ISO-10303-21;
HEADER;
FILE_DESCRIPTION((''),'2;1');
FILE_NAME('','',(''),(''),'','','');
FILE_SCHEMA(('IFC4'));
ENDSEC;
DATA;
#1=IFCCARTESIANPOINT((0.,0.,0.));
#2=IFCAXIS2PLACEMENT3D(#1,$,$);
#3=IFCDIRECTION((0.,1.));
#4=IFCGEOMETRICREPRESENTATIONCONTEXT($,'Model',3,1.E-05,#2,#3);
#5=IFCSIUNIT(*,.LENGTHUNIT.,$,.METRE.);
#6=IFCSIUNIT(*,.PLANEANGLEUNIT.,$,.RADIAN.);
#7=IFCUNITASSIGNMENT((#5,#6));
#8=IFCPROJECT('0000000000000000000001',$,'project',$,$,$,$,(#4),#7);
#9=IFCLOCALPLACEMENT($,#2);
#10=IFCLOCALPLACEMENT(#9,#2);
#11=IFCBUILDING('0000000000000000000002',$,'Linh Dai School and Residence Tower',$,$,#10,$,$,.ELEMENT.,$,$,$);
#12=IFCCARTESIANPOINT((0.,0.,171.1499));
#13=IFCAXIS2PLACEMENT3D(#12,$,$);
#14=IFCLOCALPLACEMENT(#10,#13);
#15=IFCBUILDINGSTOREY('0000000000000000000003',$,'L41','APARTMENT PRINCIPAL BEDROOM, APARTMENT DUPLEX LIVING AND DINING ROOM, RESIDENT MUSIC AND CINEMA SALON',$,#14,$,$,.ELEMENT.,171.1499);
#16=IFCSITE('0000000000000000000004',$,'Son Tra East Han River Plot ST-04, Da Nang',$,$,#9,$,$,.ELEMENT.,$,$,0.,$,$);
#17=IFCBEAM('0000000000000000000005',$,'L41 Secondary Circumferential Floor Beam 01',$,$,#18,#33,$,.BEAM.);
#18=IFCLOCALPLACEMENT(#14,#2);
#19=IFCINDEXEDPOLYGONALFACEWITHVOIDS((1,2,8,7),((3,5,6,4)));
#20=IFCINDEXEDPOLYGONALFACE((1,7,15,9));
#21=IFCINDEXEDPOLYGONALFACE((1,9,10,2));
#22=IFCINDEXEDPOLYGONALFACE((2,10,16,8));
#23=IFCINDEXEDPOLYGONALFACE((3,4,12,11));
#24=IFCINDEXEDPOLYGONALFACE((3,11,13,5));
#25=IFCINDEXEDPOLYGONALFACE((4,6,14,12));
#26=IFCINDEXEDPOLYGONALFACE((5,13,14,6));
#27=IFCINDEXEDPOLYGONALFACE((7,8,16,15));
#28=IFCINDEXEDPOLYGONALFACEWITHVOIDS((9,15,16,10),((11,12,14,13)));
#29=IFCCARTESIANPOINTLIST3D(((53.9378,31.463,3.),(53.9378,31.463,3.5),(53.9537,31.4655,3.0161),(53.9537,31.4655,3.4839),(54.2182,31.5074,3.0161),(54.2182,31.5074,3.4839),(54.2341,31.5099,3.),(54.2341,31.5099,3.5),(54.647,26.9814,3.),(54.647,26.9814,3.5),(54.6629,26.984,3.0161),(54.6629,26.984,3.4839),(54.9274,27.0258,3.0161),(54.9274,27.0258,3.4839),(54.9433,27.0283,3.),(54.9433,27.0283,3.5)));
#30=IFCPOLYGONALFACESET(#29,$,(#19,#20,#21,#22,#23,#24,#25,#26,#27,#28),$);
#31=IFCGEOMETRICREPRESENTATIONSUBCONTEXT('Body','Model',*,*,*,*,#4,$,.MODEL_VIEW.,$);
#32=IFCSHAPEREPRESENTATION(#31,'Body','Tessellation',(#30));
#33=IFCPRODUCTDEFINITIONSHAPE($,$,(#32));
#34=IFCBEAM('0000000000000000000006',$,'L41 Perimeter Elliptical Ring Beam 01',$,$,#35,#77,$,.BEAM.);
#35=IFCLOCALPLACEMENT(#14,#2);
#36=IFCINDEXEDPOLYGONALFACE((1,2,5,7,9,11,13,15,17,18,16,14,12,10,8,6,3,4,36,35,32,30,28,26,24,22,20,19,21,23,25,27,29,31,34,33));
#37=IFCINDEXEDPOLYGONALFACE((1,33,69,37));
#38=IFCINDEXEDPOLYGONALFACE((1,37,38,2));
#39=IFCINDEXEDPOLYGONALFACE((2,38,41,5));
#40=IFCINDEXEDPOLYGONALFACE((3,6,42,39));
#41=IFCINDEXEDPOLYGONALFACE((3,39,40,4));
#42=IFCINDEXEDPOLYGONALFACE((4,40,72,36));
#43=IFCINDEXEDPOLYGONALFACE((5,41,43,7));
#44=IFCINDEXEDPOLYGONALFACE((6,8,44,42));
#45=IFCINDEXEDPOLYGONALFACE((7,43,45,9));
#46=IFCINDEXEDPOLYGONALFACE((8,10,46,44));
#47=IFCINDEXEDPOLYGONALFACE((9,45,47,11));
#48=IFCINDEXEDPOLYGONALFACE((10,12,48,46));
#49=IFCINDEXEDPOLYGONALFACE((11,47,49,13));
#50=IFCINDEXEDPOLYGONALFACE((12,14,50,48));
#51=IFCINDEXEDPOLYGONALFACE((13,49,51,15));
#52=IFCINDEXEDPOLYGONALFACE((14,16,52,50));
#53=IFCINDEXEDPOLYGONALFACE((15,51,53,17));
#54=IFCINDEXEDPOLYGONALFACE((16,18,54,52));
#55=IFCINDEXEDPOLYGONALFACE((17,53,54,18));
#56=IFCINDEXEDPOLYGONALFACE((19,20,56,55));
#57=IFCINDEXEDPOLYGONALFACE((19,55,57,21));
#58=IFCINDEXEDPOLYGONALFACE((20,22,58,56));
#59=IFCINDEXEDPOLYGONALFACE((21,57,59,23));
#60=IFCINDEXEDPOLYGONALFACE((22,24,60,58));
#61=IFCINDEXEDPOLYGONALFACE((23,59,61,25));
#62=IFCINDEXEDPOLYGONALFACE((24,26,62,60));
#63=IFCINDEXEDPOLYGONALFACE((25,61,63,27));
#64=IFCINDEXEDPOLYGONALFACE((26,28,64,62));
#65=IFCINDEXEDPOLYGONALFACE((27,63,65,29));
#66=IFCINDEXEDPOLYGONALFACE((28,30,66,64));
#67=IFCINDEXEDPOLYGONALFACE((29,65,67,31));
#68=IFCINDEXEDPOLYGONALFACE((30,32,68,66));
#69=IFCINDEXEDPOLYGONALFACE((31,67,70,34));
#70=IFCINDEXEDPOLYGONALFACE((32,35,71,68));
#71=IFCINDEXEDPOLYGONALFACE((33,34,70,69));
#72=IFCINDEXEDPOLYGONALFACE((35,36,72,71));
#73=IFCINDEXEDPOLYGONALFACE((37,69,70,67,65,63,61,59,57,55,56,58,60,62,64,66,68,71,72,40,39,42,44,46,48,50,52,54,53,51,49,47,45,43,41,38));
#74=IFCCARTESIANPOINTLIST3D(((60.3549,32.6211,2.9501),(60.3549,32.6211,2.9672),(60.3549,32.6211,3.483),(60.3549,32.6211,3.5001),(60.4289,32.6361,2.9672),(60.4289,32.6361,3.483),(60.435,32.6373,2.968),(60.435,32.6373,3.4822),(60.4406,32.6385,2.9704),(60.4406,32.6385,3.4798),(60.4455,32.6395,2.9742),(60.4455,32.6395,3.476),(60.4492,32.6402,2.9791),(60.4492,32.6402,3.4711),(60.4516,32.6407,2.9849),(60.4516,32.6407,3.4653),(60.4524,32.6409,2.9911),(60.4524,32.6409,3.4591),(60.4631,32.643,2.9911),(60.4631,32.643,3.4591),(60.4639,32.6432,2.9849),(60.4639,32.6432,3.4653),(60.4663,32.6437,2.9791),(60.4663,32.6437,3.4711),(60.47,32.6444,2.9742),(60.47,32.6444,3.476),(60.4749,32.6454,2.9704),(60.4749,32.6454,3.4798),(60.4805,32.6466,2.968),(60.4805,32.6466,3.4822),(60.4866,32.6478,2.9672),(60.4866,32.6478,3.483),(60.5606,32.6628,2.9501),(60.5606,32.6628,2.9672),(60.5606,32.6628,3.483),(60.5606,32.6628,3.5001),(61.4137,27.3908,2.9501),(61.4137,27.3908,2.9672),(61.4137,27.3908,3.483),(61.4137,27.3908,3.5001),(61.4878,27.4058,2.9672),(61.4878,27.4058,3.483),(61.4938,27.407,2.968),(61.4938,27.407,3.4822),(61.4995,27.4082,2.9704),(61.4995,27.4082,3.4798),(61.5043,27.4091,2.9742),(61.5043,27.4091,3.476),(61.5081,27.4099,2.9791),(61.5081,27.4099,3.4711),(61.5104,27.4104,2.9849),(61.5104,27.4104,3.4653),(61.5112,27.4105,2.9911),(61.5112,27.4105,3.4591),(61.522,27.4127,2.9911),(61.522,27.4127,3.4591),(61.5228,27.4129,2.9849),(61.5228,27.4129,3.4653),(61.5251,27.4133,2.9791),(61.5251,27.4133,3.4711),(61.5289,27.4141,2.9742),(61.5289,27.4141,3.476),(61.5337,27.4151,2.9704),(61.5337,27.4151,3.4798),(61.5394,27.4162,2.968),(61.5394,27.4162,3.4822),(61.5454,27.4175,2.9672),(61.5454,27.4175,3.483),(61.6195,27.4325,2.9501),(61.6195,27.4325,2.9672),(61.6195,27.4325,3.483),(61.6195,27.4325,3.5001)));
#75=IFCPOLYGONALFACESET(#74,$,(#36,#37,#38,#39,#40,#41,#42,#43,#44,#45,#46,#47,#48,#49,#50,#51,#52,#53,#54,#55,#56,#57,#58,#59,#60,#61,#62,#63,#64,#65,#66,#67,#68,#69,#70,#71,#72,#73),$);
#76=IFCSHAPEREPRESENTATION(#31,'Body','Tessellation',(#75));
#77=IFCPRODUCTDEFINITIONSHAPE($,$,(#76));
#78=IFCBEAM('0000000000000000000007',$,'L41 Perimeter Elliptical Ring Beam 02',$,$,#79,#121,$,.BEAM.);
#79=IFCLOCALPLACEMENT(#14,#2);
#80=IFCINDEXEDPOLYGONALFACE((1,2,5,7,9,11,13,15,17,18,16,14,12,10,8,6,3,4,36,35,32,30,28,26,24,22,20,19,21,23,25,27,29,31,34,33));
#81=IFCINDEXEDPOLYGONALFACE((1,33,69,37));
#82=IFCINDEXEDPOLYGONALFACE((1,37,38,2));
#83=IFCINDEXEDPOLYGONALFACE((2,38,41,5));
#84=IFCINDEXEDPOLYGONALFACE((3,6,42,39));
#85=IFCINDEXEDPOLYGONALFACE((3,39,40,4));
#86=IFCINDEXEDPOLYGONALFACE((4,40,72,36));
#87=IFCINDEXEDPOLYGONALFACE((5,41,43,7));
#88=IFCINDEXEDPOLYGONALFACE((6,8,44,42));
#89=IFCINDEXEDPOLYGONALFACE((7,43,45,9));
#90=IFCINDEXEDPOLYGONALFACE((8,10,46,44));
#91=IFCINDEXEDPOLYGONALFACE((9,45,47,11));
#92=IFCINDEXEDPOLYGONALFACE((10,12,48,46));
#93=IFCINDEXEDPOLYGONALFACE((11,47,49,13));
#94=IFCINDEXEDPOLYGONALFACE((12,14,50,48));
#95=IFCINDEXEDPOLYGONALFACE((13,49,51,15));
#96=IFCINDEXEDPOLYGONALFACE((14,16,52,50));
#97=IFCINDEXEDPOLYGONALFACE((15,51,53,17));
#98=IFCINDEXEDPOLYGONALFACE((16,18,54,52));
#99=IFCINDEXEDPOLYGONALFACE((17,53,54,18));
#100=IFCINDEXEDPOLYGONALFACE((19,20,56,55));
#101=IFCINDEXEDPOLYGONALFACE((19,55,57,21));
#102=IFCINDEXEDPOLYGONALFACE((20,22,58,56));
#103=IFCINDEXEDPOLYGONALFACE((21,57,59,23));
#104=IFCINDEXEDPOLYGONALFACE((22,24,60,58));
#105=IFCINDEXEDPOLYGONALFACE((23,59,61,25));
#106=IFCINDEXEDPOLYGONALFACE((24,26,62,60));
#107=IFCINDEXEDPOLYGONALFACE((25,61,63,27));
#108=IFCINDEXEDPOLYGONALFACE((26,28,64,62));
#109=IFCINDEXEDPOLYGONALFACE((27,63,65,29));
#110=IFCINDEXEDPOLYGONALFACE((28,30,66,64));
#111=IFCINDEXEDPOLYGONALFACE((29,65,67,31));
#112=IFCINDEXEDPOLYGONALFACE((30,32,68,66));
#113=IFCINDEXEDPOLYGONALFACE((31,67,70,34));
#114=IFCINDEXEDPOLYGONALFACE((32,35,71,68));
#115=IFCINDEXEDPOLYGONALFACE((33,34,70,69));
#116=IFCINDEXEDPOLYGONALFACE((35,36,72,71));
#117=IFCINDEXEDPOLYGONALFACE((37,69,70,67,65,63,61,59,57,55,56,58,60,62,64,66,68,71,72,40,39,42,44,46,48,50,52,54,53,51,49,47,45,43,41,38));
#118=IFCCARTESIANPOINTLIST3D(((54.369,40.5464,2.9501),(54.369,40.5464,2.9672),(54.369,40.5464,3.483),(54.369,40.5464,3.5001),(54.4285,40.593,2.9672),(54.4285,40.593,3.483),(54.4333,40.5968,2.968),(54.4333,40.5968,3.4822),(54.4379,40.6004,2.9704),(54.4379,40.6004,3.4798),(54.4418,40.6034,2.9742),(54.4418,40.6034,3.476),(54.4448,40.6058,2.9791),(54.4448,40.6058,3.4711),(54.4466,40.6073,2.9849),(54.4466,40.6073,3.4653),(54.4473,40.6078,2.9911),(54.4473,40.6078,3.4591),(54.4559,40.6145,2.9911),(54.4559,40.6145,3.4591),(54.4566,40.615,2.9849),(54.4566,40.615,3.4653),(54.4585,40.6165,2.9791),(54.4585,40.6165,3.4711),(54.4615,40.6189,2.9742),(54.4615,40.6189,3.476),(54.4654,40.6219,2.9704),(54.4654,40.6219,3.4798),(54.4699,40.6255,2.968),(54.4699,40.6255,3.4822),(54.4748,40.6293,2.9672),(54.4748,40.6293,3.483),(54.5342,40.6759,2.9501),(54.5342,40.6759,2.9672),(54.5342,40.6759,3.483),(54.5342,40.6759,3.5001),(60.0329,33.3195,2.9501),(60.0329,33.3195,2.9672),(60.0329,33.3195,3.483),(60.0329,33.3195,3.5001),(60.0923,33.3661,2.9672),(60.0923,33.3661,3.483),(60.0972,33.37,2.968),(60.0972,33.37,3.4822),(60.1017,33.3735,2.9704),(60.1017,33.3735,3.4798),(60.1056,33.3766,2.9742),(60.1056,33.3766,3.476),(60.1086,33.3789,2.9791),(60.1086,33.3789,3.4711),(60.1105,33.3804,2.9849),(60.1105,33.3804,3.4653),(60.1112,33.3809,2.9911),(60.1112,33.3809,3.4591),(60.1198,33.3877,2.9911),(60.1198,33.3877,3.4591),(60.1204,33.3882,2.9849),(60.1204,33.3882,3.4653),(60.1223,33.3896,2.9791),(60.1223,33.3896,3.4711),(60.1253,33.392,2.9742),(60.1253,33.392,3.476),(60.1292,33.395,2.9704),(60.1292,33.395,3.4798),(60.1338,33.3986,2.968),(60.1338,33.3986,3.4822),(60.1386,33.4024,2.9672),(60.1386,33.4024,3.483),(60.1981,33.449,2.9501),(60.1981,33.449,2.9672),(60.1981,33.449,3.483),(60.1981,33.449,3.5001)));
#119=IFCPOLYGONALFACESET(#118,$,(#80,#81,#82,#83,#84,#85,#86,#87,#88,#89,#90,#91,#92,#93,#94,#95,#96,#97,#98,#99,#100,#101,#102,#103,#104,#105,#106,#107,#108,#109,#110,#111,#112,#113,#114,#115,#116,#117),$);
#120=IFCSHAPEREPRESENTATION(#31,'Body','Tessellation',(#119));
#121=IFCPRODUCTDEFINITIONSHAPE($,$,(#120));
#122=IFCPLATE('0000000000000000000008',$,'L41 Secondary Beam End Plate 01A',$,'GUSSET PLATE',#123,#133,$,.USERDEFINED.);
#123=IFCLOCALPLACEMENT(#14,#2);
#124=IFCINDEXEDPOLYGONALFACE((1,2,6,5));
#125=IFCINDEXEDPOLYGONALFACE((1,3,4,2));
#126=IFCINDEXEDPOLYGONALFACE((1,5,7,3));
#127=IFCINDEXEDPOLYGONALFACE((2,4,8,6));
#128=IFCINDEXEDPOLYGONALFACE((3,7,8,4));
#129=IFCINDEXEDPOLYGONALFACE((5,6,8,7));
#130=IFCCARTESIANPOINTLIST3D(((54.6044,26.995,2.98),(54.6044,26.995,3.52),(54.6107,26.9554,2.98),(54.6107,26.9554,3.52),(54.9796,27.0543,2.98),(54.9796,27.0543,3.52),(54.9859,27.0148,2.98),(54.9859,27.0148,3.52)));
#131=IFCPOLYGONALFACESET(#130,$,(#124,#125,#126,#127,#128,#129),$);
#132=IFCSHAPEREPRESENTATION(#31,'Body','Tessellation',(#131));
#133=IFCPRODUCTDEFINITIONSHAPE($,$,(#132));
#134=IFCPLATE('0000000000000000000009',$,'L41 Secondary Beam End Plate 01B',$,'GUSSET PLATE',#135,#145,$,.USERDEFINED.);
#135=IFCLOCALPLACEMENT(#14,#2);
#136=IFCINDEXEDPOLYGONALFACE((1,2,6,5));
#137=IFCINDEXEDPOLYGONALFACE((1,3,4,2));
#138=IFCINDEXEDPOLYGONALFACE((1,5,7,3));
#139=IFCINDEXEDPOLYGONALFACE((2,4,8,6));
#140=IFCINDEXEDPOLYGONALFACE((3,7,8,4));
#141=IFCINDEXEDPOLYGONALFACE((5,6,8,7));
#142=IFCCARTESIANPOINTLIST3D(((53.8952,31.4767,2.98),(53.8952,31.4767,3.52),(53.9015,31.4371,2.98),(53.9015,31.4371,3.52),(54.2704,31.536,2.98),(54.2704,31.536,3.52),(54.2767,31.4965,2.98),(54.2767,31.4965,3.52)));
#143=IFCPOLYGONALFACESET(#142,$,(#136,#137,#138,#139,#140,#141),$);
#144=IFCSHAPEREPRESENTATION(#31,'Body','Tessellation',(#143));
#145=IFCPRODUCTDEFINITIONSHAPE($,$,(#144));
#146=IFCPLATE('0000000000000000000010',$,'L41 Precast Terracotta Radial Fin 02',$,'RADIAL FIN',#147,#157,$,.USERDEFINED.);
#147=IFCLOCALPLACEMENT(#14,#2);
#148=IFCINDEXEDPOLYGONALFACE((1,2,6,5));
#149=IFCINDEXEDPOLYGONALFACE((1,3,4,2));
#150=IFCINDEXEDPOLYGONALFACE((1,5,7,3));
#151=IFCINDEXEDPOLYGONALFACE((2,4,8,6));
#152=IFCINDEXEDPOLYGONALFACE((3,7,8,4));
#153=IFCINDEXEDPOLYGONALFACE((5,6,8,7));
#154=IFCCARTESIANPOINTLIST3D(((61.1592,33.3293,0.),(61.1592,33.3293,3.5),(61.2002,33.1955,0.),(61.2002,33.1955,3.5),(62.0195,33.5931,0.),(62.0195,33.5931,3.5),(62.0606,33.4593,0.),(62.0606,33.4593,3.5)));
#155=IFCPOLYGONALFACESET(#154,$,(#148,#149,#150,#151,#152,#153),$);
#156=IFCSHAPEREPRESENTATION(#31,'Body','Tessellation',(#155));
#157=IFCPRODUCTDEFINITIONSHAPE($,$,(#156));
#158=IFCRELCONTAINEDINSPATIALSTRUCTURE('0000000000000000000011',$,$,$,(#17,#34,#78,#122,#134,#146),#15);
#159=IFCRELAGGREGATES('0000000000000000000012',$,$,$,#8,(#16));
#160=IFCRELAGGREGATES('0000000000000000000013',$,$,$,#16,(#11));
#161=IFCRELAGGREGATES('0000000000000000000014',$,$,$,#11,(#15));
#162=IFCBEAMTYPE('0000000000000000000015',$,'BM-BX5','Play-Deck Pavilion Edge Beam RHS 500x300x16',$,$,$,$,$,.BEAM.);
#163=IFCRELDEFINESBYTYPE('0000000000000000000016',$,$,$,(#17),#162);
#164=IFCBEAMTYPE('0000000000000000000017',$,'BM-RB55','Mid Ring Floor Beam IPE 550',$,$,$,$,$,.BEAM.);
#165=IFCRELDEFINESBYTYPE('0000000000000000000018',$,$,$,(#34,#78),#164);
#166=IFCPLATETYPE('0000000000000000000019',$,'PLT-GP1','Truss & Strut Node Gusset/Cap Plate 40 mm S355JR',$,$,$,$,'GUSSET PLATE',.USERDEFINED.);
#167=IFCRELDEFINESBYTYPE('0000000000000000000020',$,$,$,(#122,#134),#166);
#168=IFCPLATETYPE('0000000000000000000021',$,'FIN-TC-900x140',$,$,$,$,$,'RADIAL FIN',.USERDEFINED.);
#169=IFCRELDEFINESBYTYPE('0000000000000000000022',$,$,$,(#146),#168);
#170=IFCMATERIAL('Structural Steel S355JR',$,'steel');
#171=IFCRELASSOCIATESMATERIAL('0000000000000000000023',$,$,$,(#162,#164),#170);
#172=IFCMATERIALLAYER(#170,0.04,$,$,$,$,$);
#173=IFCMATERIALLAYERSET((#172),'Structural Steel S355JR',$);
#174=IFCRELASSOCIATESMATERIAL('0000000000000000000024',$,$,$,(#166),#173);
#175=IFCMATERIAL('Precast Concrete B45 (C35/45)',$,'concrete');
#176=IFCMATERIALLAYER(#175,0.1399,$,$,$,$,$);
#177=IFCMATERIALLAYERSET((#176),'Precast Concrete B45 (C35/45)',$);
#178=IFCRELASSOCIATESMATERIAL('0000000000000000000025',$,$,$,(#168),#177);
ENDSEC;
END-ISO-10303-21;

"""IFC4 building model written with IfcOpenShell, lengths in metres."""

from ifc_helpers import new_model, si_unit, direction, frame, origin, origin_2d, place, context, subcontext, project, spatial, rectangle, hollow_rectangle, i_section, extrude, source, transform, mapped, material, layer, layer_set, material_profile, profile_set, type_object, element, save


model = new_model("IFC4")

# Units and contexts
model_context = context("Model", 3, precision=1e-05, world=origin(), true_north=direction((0.0, 1.0)))
body_context = subcontext(model_context, "Body", "Model", "MODEL_VIEW")
ifc_project = project(units=[si_unit("LENGTHUNIT", "METRE"), si_unit("PLANEANGLEUNIT", "RADIAN")], contexts=[model_context])

# Site, building, storey
site_placement = place(None, origin())
site = spatial("IfcSite", under=ifc_project, at=site_placement, Name="Son Tra East Han River Plot ST-04, Da Nang", CompositionType="ELEMENT", RefElevation=0.0)
building_placement = place(site_placement, origin())
building = spatial("IfcBuilding", under=site, at=building_placement, Name="Linh Dai School and Residence Tower", CompositionType="ELEMENT")
storey_placement = place(building_placement, frame((0.0, 0.0, 171.1499)))
storey = spatial("IfcBuildingStorey", under=building, at=storey_placement, Name="L41", Description="APARTMENT PRINCIPAL BEDROOM, APARTMENT DUPLEX LIVING AND DINING ROOM, RESIDENT MUSIC AND CINEMA SALON", CompositionType="ELEMENT", Elevation=171.1499)

# Shared definitions
ifc_material_1 = material(Name="Structural Steel S355JR", Category="steel")

# Beams
ifc_material_profile_1 = material_profile(ifc_material_1, hollow_rectangle(XDim=0.3, YDim=0.5, WallThickness=0.0161, at=origin_2d()), Name="RHS 500x300x16")
ifc_profile_set_1 = profile_set([ifc_material_profile_1], Name="Structural Steel S355JR")
beam_type_1 = type_object("IfcBeamType", Name="BM-BX5", Description="Play-Deck Pavilion Edge Beam RHS 500x300x16", PredefinedType="BEAM", material=ifc_profile_set_1)
beam_1_placement = place(storey_placement, frame((54.7952, 27.0049, 3.25), z_axis=(-0.156305, 0.987709, 0.0), x_axis=(-0.987709, -0.156305, 0.0)))
element("IfcBeam", 1, at=beam_1_placement, inside=storey, type_object=beam_type_1, Name="L41 Secondary Circumferential Floor Beam 01", PredefinedType="BEAM", context=body_context, shape_type="SweptSolid", body=[
    extrude(hollow_rectangle(XDim=0.3, YDim=0.5, WallThickness=0.0161, at=origin_2d()), origin(), (0.0, 0.0, 1.0), 4.5374),
])
ifc_material_profile_2 = material_profile(ifc_material_1, i_section(OverallWidth=0.21, OverallDepth=0.55, WebThickness=0.011, FlangeThickness=0.0171, FilletRadius=0.0239, at=origin_2d()), Name="IPE 550")
ifc_profile_set_2 = profile_set([ifc_material_profile_2], Name="Structural Steel S355JR")
beam_type_2 = type_object("IfcBeamType", Name="BM-RB55", Description="Mid Ring Floor Beam IPE 550", PredefinedType="BEAM", material=ifc_profile_set_2)
beam_2_placement = place(storey_placement, frame((61.5166, 27.4116, 3.2251), z_axis=(-0.198421, 0.980117, 0.0), x_axis=(-0.980117, -0.198421, 0.0)))
element("IfcBeam", 2, at=beam_2_placement, inside=storey, type_object=beam_type_2, Name="L41 Perimeter Elliptical Ring Beam 01", PredefinedType="BEAM", context=body_context, shape_type="SweptSolid", body=[
    extrude(i_section(OverallWidth=0.21, OverallDepth=0.55, WebThickness=0.011, FlangeThickness=0.0171, FilletRadius=0.0239, at=origin_2d()), origin(), (0.0, 0.0, 1.0), 5.3364),
])
beam_3_placement = place(storey_placement, frame((60.1155, 33.3843, 3.2251), z_axis=(-0.616852, 0.787079, 0.0), x_axis=(-0.787079, -0.616852, 0.0)))
element("IfcBeam", 3, at=beam_3_placement, inside=storey, type_object=beam_type_2, Name="L41 Perimeter Elliptical Ring Beam 02", PredefinedType="BEAM", context=body_context, shape_type="SweptSolid", body=[
    extrude(i_section(OverallWidth=0.21, OverallDepth=0.55, WebThickness=0.011, FlangeThickness=0.0171, FilletRadius=0.0239, at=origin_2d()), origin(), (0.0, 0.0, 1.0), 9.1819),
])

# Plates
ifc_layer_1 = layer(ifc_material_1, 0.04)
ifc_layer_set_1 = layer_set([ifc_layer_1], Name="Structural Steel S355JR")
plate_type_1 = type_object("IfcPlateType", Name="PLT-GP1", Description="Truss & Strut Node Gusset/Cap Plate 40 mm S355JR", ElementType="GUSSET PLATE", PredefinedType="USERDEFINED", material=ifc_layer_set_1)
shared_shape_1 = source(origin(), body_context, "Body", "SweptSolid", [
    extrude(rectangle(XDim=0.04, YDim=0.3799, at=origin_2d()), origin(), (0.0, 0.0, 1.0), 0.54),
])
for number, where, z_axis, x_axis, name in (
    (4, (54.7952, 27.0049, 2.98), (0.0, 0.0, 1.0), (-0.156309, 0.987708, 0.0), "L41 Secondary Beam End Plate 01A"),
    (5, (54.0859, 31.4866, 2.98), (0.0, 0.0, 1.0), (-0.156309, 0.987708, 0.0), "L41 Secondary Beam End Plate 01B"),
):
    element("IfcPlate", number, at=place(storey_placement, frame(where, z_axis=z_axis, x_axis=x_axis)), inside=storey, type_object=plate_type_1, Name=name, ObjectType="GUSSET PLATE", PredefinedType="USERDEFINED", context=body_context, shape_type="MappedRepresentation", body=[
        mapped(shared_shape_1, transform((0.0, 0.0, 0.0), x_axis=(1.0, 0.0, 0.0), y_axis=(0.0, 1.0, 0.0), z_axis=(0.0, 0.0, 1.0), scale=1.0)),
    ])
ifc_material_2 = material(Name="Precast Concrete B45 (C35/45)", Category="concrete")
ifc_layer_2 = layer(ifc_material_2, 0.1399)
ifc_layer_set_2 = layer_set([ifc_layer_2], Name="Precast Concrete B45 (C35/45)")
plate_type_2 = type_object("IfcPlateType", Name="FIN-TC-900x140", ElementType="RADIAL FIN", PredefinedType="USERDEFINED", material=ifc_layer_set_2)
shared_shape_2 = source(origin(), body_context, "Body", "SweptSolid", [
    extrude(rectangle(XDim=0.8999, YDim=0.1399, at=origin_2d()), origin(), (0.0, 0.0, 1.0), 3.5),
])
plate_placement = place(storey_placement, frame((61.6099, 33.3943, 0.0), z_axis=(0.0, 0.0, 1.0), x_axis=(0.956075, 0.293122, 0.0)))
element("IfcPlate", 6, at=plate_placement, inside=storey, type_object=plate_type_2, Name="L41 Precast Terracotta Radial Fin 02", ObjectType="RADIAL FIN", PredefinedType="USERDEFINED", context=body_context, shape_type="MappedRepresentation", body=[
    mapped(shared_shape_2, transform((0.0, 0.0, 0.0), x_axis=(1.0, 0.0, 0.0), y_axis=(0.0, 1.0, 0.0), z_axis=(0.0, 0.0, 1.0), scale=1.0)),
])

save(model, "model.ifc")
